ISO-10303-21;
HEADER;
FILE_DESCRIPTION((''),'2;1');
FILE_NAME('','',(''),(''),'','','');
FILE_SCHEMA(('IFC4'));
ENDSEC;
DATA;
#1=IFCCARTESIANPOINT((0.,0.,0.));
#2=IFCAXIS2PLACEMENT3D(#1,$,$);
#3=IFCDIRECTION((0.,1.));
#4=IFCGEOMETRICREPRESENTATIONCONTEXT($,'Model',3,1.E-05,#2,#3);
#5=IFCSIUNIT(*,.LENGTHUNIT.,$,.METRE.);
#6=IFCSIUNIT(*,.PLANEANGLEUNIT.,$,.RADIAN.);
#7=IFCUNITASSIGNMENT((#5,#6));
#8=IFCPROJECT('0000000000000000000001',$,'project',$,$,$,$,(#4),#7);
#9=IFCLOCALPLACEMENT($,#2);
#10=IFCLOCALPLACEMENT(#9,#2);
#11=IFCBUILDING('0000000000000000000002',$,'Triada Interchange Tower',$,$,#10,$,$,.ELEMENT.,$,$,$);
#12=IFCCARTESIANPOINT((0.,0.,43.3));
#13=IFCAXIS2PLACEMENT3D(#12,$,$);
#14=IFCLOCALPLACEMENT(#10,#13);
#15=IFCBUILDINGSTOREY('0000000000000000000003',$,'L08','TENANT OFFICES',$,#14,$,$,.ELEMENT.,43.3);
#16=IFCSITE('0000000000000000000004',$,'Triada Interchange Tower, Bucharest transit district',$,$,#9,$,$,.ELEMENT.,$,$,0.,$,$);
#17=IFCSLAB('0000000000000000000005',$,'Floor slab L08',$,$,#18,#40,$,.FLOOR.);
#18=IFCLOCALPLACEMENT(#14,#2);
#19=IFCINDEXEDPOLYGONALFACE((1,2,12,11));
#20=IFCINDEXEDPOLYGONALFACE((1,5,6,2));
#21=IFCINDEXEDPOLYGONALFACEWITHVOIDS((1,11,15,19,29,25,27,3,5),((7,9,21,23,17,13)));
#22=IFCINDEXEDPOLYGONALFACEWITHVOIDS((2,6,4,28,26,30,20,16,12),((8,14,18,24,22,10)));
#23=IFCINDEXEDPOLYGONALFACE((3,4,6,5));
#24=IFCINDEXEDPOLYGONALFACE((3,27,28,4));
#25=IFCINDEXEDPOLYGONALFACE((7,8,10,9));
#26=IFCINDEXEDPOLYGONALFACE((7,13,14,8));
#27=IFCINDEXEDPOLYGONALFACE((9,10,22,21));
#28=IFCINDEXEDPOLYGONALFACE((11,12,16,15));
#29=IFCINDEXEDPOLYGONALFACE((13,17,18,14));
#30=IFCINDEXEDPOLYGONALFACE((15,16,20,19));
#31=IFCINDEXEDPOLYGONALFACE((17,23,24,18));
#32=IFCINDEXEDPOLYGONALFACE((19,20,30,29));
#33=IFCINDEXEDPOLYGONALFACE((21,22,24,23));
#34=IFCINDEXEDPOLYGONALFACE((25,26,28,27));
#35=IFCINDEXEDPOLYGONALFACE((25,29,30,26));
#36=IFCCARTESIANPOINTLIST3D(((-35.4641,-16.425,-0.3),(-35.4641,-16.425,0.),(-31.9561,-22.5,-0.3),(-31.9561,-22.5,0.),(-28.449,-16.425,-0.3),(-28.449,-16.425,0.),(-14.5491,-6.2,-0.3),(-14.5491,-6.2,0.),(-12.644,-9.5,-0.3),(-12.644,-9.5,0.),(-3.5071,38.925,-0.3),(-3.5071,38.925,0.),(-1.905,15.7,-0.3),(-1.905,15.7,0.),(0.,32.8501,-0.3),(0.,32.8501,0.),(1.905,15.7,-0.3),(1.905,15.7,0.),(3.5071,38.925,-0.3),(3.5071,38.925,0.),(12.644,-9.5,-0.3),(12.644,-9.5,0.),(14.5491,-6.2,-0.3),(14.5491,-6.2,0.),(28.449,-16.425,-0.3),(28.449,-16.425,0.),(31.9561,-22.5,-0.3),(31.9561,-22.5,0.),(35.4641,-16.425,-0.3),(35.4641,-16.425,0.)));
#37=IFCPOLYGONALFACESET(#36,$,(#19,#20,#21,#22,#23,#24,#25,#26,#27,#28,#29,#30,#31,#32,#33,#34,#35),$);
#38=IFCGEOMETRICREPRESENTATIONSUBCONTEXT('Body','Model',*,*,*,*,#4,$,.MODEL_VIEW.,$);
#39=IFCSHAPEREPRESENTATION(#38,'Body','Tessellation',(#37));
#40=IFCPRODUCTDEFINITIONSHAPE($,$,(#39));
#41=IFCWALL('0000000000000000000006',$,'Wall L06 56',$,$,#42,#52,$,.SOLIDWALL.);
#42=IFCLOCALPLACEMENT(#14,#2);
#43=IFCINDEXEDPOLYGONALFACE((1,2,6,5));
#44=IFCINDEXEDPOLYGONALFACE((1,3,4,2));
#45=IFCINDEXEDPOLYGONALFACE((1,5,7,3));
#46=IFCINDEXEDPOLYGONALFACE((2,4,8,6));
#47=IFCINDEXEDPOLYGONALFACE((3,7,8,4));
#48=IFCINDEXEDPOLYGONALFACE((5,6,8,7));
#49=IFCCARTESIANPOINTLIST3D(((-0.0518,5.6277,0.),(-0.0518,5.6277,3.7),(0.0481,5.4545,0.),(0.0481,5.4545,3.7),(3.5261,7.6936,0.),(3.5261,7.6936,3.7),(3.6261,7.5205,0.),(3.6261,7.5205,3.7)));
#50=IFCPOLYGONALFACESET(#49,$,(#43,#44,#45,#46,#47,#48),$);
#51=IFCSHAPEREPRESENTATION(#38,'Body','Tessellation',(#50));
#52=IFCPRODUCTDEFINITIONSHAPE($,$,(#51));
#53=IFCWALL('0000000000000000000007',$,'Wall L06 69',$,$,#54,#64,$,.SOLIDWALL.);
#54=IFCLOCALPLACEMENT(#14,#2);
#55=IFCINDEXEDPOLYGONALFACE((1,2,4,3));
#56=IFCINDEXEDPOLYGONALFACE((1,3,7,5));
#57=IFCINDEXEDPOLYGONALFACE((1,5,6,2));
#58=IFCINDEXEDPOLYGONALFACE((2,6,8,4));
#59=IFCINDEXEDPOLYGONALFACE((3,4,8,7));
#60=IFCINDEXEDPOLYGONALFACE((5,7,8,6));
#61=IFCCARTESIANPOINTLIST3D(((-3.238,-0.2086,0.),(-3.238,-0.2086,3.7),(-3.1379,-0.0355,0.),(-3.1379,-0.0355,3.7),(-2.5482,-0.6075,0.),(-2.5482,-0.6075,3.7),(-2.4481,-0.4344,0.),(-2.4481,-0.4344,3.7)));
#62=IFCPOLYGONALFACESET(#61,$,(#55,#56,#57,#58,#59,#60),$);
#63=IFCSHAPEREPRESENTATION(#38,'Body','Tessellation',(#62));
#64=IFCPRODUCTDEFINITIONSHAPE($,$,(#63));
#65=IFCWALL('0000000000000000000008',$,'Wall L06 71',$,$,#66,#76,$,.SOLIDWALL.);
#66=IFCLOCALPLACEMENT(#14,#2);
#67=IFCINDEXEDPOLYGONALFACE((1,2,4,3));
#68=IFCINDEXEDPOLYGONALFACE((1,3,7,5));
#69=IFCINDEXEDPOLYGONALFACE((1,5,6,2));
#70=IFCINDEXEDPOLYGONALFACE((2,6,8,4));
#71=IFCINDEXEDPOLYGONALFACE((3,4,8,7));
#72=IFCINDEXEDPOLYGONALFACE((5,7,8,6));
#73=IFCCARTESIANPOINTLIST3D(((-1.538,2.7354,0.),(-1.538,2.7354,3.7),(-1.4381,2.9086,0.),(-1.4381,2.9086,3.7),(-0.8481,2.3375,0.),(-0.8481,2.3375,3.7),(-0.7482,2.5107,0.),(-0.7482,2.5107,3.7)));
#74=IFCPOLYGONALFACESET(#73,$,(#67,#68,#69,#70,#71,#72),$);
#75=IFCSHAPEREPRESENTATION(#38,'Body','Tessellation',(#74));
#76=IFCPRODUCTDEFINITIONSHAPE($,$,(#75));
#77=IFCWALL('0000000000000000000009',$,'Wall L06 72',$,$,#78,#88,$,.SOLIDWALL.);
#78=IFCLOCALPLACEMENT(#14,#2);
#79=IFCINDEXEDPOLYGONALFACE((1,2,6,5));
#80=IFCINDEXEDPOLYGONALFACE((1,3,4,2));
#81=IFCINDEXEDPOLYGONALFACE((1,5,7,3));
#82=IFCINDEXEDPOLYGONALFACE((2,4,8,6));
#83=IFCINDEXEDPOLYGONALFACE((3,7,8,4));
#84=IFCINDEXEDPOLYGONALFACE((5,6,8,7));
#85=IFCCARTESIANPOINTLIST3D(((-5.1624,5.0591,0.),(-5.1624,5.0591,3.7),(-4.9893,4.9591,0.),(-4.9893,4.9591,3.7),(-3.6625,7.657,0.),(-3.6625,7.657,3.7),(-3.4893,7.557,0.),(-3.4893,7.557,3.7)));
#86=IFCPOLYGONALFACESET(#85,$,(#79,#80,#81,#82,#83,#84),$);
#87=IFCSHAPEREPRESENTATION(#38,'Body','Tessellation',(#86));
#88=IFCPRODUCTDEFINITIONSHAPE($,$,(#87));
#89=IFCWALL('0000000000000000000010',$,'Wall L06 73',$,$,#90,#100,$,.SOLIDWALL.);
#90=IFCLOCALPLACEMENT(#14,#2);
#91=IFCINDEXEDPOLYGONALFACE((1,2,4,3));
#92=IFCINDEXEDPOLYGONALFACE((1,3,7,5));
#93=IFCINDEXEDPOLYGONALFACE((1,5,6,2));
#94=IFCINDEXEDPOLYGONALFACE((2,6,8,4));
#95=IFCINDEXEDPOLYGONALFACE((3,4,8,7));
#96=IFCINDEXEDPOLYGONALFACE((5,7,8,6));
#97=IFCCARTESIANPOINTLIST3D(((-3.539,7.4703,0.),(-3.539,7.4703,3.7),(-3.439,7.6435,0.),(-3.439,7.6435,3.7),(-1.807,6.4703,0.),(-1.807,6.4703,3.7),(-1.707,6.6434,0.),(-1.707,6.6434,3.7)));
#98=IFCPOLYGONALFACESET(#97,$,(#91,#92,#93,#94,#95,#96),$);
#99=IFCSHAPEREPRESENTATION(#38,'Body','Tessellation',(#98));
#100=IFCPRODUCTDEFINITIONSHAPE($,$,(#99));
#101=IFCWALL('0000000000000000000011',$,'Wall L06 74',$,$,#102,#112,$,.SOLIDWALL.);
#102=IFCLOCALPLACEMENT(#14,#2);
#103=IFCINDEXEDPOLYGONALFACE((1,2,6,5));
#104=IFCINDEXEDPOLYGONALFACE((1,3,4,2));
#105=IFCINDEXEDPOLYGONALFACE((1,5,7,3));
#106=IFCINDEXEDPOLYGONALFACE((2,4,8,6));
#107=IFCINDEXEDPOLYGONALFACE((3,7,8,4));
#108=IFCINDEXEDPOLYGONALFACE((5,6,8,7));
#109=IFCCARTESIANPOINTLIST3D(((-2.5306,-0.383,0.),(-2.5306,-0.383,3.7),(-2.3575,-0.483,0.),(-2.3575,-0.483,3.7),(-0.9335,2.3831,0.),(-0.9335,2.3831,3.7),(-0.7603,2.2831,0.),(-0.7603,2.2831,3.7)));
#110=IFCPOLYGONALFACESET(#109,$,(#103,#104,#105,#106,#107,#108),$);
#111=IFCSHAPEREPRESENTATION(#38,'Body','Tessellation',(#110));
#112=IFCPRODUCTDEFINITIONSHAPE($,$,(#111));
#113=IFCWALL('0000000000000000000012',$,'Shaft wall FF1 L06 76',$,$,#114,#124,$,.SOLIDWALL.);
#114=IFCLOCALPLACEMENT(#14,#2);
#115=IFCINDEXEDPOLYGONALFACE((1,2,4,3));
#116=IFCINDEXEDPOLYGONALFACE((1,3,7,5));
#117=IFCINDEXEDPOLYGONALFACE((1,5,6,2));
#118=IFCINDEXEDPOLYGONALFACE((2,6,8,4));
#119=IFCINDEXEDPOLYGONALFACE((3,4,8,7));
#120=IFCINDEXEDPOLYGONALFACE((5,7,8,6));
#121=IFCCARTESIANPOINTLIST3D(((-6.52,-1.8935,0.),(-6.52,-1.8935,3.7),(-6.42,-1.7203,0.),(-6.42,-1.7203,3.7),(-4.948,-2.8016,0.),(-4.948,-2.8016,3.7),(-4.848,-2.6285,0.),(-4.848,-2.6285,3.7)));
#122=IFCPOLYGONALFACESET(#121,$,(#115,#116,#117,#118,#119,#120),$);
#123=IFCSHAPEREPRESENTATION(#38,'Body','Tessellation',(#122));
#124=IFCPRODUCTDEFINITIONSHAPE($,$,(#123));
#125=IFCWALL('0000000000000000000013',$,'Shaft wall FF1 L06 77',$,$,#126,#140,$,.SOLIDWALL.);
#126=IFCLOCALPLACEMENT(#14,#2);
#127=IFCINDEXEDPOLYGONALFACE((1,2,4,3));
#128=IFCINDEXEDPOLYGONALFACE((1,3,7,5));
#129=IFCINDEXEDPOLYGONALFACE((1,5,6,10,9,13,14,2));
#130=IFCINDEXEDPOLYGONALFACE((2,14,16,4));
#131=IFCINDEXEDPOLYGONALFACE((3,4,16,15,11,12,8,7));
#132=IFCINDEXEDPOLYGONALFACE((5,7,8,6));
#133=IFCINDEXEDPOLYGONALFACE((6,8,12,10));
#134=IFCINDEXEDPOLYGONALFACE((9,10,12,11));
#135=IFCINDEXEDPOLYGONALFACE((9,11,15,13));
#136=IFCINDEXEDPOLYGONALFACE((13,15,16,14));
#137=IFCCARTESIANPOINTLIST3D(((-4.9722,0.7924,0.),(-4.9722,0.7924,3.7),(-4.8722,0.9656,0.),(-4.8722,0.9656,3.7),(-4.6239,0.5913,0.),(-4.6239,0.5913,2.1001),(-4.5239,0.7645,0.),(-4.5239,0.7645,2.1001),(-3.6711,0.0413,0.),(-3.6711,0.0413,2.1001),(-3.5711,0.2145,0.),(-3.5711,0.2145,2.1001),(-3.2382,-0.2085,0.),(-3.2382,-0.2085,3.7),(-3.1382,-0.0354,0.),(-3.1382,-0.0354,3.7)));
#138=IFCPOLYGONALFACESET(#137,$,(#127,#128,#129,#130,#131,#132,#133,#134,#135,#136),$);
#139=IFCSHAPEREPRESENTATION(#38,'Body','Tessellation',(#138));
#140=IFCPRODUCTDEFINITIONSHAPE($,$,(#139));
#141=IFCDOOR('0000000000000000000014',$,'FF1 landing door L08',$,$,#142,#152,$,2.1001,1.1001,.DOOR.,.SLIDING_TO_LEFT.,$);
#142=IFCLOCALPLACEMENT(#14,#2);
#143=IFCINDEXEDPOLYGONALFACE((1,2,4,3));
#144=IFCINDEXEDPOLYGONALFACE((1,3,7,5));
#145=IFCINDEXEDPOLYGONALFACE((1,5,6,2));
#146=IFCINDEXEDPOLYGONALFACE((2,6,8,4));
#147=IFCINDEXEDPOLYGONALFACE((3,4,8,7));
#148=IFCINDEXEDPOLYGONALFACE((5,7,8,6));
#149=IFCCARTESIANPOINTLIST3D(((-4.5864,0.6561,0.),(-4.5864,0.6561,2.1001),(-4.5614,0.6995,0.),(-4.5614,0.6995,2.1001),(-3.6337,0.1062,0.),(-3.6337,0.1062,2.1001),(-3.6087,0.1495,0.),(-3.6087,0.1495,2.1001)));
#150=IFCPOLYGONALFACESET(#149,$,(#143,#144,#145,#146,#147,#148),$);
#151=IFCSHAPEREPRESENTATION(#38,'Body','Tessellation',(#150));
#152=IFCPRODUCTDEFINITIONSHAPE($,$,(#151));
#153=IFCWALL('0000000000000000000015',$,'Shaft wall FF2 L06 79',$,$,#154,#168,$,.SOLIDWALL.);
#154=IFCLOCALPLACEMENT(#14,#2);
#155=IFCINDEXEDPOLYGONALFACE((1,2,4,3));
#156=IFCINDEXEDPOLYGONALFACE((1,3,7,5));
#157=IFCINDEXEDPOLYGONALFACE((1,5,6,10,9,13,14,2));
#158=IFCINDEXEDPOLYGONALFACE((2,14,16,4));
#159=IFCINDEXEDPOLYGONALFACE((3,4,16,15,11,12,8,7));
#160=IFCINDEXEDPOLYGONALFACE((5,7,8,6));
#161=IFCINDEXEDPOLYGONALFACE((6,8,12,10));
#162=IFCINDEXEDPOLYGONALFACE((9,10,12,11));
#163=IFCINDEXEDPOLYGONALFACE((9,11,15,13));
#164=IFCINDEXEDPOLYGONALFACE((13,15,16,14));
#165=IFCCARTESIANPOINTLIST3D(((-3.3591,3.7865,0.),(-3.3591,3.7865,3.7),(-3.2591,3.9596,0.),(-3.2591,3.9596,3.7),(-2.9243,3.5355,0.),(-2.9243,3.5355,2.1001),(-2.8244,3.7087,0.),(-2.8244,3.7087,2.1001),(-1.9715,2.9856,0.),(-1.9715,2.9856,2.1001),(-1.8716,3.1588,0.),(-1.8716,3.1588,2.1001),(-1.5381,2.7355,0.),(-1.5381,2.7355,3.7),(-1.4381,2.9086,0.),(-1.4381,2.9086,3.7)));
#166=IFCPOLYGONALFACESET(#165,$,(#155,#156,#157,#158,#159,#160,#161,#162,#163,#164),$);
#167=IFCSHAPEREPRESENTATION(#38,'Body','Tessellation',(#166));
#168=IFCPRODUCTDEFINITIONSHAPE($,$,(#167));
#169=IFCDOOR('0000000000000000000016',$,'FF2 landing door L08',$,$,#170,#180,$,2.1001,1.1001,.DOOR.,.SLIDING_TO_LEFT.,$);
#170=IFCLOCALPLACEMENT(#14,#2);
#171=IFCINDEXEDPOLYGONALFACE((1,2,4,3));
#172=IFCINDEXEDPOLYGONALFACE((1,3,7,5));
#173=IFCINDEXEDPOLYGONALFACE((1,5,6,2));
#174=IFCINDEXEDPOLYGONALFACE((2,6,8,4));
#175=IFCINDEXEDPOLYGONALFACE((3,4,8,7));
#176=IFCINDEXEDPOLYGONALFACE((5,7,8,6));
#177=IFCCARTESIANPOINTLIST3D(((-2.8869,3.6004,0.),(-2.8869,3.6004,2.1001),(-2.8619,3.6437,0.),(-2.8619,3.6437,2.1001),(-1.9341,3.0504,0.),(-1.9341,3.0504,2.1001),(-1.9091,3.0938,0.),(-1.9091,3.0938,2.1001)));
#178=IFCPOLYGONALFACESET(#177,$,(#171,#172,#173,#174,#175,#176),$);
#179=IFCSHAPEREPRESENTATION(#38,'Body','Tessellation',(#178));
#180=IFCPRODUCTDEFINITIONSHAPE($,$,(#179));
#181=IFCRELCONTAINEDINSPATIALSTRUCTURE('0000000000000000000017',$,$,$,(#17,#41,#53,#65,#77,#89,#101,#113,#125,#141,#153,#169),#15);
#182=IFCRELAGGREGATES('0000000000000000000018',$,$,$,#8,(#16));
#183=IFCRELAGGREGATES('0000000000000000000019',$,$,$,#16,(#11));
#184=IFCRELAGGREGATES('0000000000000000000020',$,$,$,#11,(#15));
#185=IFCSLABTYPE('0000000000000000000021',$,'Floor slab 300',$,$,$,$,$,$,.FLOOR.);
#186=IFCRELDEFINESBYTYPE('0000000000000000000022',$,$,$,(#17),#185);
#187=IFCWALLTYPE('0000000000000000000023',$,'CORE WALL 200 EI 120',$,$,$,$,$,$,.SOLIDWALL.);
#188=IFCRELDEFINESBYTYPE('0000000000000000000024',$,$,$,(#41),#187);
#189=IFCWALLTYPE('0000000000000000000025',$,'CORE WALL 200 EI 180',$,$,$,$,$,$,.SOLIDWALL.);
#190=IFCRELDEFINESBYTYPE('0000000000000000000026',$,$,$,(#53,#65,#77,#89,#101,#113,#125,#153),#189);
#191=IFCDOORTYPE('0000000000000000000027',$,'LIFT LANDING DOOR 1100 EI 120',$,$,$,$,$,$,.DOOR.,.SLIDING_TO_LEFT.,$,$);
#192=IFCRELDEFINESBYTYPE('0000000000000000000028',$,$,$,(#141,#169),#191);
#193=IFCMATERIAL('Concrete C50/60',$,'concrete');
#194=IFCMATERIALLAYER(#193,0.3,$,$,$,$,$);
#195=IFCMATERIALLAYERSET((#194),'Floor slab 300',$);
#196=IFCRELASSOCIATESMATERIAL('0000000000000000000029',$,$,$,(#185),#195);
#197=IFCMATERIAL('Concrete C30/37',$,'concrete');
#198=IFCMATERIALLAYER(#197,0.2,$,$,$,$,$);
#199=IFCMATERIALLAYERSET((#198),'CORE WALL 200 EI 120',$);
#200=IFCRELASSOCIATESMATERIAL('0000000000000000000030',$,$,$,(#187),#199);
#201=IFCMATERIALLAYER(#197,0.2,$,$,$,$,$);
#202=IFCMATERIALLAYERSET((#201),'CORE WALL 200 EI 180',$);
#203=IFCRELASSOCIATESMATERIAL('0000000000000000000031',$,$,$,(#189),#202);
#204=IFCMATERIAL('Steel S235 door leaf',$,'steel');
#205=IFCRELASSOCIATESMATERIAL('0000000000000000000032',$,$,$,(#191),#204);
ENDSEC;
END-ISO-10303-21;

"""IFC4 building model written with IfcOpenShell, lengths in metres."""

from ifc_helpers import new_model, si_unit, direction, frame, frame_2d, origin, place, context, subcontext, project, spatial, polyline, rectangle, outline, extrude, material, layer, layer_set, type_object, element, fill, save


model = new_model("IFC4")

# Units and contexts
model_context = context("Model", 3, precision=1e-05, world=origin(), true_north=direction((0.0, 1.0)))
body_context = subcontext(model_context, "Body", "Model", "MODEL_VIEW")
ifc_project = project(units=[si_unit("LENGTHUNIT", "METRE"), si_unit("PLANEANGLEUNIT", "RADIAN")], contexts=[model_context])

# Site, building, storey
site_placement = place(None, origin())
site = spatial("IfcSite", under=ifc_project, at=site_placement, Name="Triada Interchange Tower, Bucharest transit district", CompositionType="ELEMENT", RefElevation=0.0)
building_placement = place(site_placement, origin())
building = spatial("IfcBuilding", under=site, at=building_placement, Name="Triada Interchange Tower", CompositionType="ELEMENT")
storey_placement = place(building_placement, frame((0.0, 0.0, 43.3)))
storey = spatial("IfcBuildingStorey", under=building, at=storey_placement, Name="L08", Description="TENANT OFFICES", CompositionType="ELEMENT", Elevation=43.3)

# Slab
ifc_material_1 = material(Name="Concrete C50/60", Category="concrete")
ifc_layer_1 = layer(ifc_material_1, 0.3)
ifc_layer_set_1 = layer_set([ifc_layer_1], Name="Floor slab 300")
slab_type = type_object("IfcSlabType", Name="Floor slab 300", PredefinedType="FLOOR", material=ifc_layer_set_1)
slab_placement = place(storey_placement, frame((0.0, 0.0, -0.3)))
element("IfcSlab", 1, at=slab_placement, inside=storey, type_object=slab_type, Name="Floor slab L08", PredefinedType="FLOOR", context=body_context, shape_type="SweptSolid", body=[
    extrude(outline(polyline([(-3.5071, 38.925), (-35.4641, -16.425), (-28.449, -16.425), (-31.9561, -22.5), (31.9561, -22.5), (28.449, -16.425), (35.4641, -16.425), (3.5071, 38.925), (0.0, 32.8501), (-3.5071, 38.925)]), holes=[polyline([(1.905, 15.7), (-1.905, 15.7), (-14.5491, -6.2), (-12.644, -9.5), (12.644, -9.5), (14.5491, -6.2), (1.905, 15.7)])]), origin(), (0.0, 0.0, 1.0), 0.3),
])

# Walls
ifc_material_2 = material(Name="Concrete C30/37", Category="concrete")
ifc_layer_2 = layer(ifc_material_2, 0.2)
ifc_layer_set_2 = layer_set([ifc_layer_2], Name="CORE WALL 200 EI 120")
wall_type_1 = type_object("IfcWallType", Name="CORE WALL 200 EI 120", PredefinedType="SOLIDWALL", material=ifc_layer_set_2)
wall_1_placement = place(storey_placement, frame((-0.002, 5.541, 0.0), z_axis=(0.0, 0.0, 1.0), x_axis=(0.866002, 0.500041, 0.0)))
element("IfcWall", 2, at=wall_1_placement, inside=storey, type_object=wall_type_1, Name="Wall L06 56", PredefinedType="SOLIDWALL", context=body_context, shape_type="SweptSolid", body=[
    extrude(rectangle(XDim=4.1316, YDim=0.2, at=frame_2d((2.0659, 0.0))), origin(), (0.0, 0.0, 1.0), 3.7),
])
ifc_layer_3 = layer(ifc_material_2, 0.2)
ifc_layer_set_3 = layer_set([ifc_layer_3], Name="CORE WALL 200 EI 180")
wall_type_2 = type_object("IfcWallType", Name="CORE WALL 200 EI 180", PredefinedType="SOLIDWALL", material=ifc_layer_set_3)
wall_2_placement = place(storey_placement, frame((-3.188, -0.1221, 0.0), z_axis=(0.0, 0.0, 1.0), x_axis=(0.865706, -0.500553, 0.0)))
element("IfcWall", 3, at=wall_2_placement, inside=storey, type_object=wall_type_2, Name="Wall L06 69", PredefinedType="SOLIDWALL", context=body_context, shape_type="SweptSolid", body=[
    extrude(rectangle(XDim=0.7969, YDim=0.2, at=frame_2d((0.3984, 0.0))), origin(), (0.0, 0.0, 1.0), 3.7),
])
wall_3_placement = place(storey_placement, frame((-1.488, 2.822, 0.0), z_axis=(0.0, 0.0, 1.0), x_axis=(0.866237, -0.499634, 0.0)))
element("IfcWall", 4, at=wall_3_placement, inside=storey, type_object=wall_type_2, Name="Wall L06 71", PredefinedType="SOLIDWALL", context=body_context, shape_type="SweptSolid", body=[
    extrude(rectangle(XDim=0.7964, YDim=0.2, at=frame_2d((0.3982, 0.0))), origin(), (0.0, 0.0, 1.0), 3.7),
])
wall_4_placement = place(storey_placement, frame((-5.0759, 5.009, 0.0), z_axis=(0.0, 0.0, 1.0), x_axis=(0.500025, 0.866011, 0.0)))
element("IfcWall", 5, at=wall_4_placement, inside=storey, type_object=wall_type_2, Name="Wall L06 72", PredefinedType="SOLIDWALL", context=body_context, shape_type="SweptSolid", body=[
    extrude(rectangle(XDim=2.9998, YDim=0.2, at=frame_2d((1.5, 0.0))), origin(), (0.0, 0.0, 1.0), 3.7),
])
wall_5_placement = place(storey_placement, frame((-3.489, 7.5569, 0.0), z_axis=(0.0, 0.0, 1.0), x_axis=(0.866011, -0.500025, 0.0)))
element("IfcWall", 6, at=wall_5_placement, inside=storey, type_object=wall_type_2, Name="Wall L06 73", PredefinedType="SOLIDWALL", context=body_context, shape_type="SweptSolid", body=[
    extrude(rectangle(XDim=2.0, YDim=0.2, at=frame_2d((1.0, 0.0))), origin(), (0.0, 0.0, 1.0), 3.7),
])
wall_6_placement = place(storey_placement, frame((-2.4441, -0.4331, 0.0), z_axis=(0.0, 0.0, 1.0), x_axis=(0.500036, 0.866005, 0.0)))
element("IfcWall", 7, at=wall_6_placement, inside=storey, type_object=wall_type_2, Name="Wall L06 74", PredefinedType="SOLIDWALL", context=body_context, shape_type="SweptSolid", body=[
    extrude(rectangle(XDim=3.1941, YDim=0.2, at=frame_2d((1.5972, 0.0))), origin(), (0.0, 0.0, 1.0), 3.7),
])
wall_7_placement = place(storey_placement, frame((-6.47, -1.8069, 0.0), z_axis=(0.0, 0.0, 1.0), x_axis=(0.865883, -0.500246, 0.0)))
element("IfcWall", 8, at=wall_7_placement, inside=storey, type_object=wall_type_2, Name="Shaft wall FF1 L06 76", PredefinedType="SOLIDWALL", context=body_context, shape_type="SweptSolid", body=[
    extrude(rectangle(XDim=1.8154, YDim=0.2, at=frame_2d((0.9077, 0.0))), origin(), (0.0, 0.0, 1.0), 3.7),
])

# Walls, openings, doors
wall_8_placement = place(storey_placement, frame((-4.9221, 0.8789, 0.0), z_axis=(0.0, 0.0, 1.0), x_axis=(0.866074, -0.499916, 0.0)))
wall_8 = element("IfcWall", 9, at=wall_8_placement, inside=storey, type_object=wall_type_2, Name="Shaft wall FF1 L06 77", PredefinedType="SOLIDWALL", context=body_context, shape_type="SweptSolid", body=[
    extrude(rectangle(XDim=2.0022, YDim=0.2, at=frame_2d((1.001, 0.0))), origin(), (0.0, 0.0, 1.0), 3.7),
])
opening_1_placement = place(wall_8_placement, frame((0.4021, 0.0, 0.0)))
opening_1 = element("IfcOpeningElement", 10, at=opening_1_placement, cuts=wall_8, PredefinedType="OPENING", context=body_context, shape_type="SweptSolid", body=[
    extrude(rectangle(XDim=1.1001, YDim=2.1001, at=frame_2d((0.55, 1.05))), frame((0.0, 0.1099, 0.0), z_axis=(0.0, -1.0, 0.0), x_axis=(1.0, 0.0, 0.0)), (0.0, 0.0, 1.0), 0.22),
])
ifc_material_3 = material(Name="Steel S235 door leaf", Category="steel")
door_type = type_object("IfcDoorType", Name="LIFT LANDING DOOR 1100 EI 120", OperationType="SLIDING_TO_LEFT", PredefinedType="DOOR", material=ifc_material_3)
door_1_placement = place(opening_1_placement, origin())
door_1 = element("IfcDoor", 11, at=door_1_placement, inside=storey, type_object=door_type, Name="FF1 landing door L08", OperationType="SLIDING_TO_LEFT", OverallHeight=2.1001, OverallWidth=1.1001, PredefinedType="DOOR", context=body_context, shape_type="SweptSolid", body=[
    extrude(rectangle(XDim=1.1001, YDim=2.1001, at=frame_2d((0.55, 1.05))), frame((0.0, 0.0249, 0.0), z_axis=(0.0, -1.0, 0.0), x_axis=(1.0, 0.0, 0.0)), (0.0, 0.0, 1.0), 0.05),
])
fill(opening_1, door_1)
wall_9_placement = place(storey_placement, frame((-3.3091, 3.873, 0.0), z_axis=(0.0, 0.0, 1.0), x_axis=(0.866099, -0.499873, 0.0)))
wall_9 = element("IfcWall", 12, at=wall_9_placement, inside=storey, type_object=wall_type_2, Name="Shaft wall FF2 L06 79", PredefinedType="SOLIDWALL", context=body_context, shape_type="SweptSolid", body=[
    extrude(rectangle(XDim=2.1025, YDim=0.2, at=frame_2d((1.0513, 0.0))), origin(), (0.0, 0.0, 1.0), 3.7),
])
opening_2_placement = place(wall_9_placement, frame((0.502, 0.0, 0.0)))
opening_2 = element("IfcOpeningElement", 13, at=opening_2_placement, cuts=wall_9, PredefinedType="OPENING", context=body_context, shape_type="SweptSolid", body=[
    extrude(rectangle(XDim=1.1001, YDim=2.1001, at=frame_2d((0.55, 1.05))), frame((0.0, 0.1099, 0.0), z_axis=(0.0, -1.0, 0.0), x_axis=(1.0, 0.0, 0.0)), (0.0, 0.0, 1.0), 0.22),
])
door_2_placement = place(opening_2_placement, origin())
door_2 = element("IfcDoor", 14, at=door_2_placement, inside=storey, type_object=door_type, Name="FF2 landing door L08", OperationType="SLIDING_TO_LEFT", OverallHeight=2.1001, OverallWidth=1.1001, PredefinedType="DOOR", context=body_context, shape_type="SweptSolid", body=[
    extrude(rectangle(XDim=1.1001, YDim=2.1001, at=frame_2d((0.55, 1.05))), frame((0.0, 0.0249, 0.0), z_axis=(0.0, -1.0, 0.0), x_axis=(1.0, 0.0, 0.0)), (0.0, 0.0, 1.0), 0.05),
])
fill(opening_2, door_2)

save(model, "model.ifc")
